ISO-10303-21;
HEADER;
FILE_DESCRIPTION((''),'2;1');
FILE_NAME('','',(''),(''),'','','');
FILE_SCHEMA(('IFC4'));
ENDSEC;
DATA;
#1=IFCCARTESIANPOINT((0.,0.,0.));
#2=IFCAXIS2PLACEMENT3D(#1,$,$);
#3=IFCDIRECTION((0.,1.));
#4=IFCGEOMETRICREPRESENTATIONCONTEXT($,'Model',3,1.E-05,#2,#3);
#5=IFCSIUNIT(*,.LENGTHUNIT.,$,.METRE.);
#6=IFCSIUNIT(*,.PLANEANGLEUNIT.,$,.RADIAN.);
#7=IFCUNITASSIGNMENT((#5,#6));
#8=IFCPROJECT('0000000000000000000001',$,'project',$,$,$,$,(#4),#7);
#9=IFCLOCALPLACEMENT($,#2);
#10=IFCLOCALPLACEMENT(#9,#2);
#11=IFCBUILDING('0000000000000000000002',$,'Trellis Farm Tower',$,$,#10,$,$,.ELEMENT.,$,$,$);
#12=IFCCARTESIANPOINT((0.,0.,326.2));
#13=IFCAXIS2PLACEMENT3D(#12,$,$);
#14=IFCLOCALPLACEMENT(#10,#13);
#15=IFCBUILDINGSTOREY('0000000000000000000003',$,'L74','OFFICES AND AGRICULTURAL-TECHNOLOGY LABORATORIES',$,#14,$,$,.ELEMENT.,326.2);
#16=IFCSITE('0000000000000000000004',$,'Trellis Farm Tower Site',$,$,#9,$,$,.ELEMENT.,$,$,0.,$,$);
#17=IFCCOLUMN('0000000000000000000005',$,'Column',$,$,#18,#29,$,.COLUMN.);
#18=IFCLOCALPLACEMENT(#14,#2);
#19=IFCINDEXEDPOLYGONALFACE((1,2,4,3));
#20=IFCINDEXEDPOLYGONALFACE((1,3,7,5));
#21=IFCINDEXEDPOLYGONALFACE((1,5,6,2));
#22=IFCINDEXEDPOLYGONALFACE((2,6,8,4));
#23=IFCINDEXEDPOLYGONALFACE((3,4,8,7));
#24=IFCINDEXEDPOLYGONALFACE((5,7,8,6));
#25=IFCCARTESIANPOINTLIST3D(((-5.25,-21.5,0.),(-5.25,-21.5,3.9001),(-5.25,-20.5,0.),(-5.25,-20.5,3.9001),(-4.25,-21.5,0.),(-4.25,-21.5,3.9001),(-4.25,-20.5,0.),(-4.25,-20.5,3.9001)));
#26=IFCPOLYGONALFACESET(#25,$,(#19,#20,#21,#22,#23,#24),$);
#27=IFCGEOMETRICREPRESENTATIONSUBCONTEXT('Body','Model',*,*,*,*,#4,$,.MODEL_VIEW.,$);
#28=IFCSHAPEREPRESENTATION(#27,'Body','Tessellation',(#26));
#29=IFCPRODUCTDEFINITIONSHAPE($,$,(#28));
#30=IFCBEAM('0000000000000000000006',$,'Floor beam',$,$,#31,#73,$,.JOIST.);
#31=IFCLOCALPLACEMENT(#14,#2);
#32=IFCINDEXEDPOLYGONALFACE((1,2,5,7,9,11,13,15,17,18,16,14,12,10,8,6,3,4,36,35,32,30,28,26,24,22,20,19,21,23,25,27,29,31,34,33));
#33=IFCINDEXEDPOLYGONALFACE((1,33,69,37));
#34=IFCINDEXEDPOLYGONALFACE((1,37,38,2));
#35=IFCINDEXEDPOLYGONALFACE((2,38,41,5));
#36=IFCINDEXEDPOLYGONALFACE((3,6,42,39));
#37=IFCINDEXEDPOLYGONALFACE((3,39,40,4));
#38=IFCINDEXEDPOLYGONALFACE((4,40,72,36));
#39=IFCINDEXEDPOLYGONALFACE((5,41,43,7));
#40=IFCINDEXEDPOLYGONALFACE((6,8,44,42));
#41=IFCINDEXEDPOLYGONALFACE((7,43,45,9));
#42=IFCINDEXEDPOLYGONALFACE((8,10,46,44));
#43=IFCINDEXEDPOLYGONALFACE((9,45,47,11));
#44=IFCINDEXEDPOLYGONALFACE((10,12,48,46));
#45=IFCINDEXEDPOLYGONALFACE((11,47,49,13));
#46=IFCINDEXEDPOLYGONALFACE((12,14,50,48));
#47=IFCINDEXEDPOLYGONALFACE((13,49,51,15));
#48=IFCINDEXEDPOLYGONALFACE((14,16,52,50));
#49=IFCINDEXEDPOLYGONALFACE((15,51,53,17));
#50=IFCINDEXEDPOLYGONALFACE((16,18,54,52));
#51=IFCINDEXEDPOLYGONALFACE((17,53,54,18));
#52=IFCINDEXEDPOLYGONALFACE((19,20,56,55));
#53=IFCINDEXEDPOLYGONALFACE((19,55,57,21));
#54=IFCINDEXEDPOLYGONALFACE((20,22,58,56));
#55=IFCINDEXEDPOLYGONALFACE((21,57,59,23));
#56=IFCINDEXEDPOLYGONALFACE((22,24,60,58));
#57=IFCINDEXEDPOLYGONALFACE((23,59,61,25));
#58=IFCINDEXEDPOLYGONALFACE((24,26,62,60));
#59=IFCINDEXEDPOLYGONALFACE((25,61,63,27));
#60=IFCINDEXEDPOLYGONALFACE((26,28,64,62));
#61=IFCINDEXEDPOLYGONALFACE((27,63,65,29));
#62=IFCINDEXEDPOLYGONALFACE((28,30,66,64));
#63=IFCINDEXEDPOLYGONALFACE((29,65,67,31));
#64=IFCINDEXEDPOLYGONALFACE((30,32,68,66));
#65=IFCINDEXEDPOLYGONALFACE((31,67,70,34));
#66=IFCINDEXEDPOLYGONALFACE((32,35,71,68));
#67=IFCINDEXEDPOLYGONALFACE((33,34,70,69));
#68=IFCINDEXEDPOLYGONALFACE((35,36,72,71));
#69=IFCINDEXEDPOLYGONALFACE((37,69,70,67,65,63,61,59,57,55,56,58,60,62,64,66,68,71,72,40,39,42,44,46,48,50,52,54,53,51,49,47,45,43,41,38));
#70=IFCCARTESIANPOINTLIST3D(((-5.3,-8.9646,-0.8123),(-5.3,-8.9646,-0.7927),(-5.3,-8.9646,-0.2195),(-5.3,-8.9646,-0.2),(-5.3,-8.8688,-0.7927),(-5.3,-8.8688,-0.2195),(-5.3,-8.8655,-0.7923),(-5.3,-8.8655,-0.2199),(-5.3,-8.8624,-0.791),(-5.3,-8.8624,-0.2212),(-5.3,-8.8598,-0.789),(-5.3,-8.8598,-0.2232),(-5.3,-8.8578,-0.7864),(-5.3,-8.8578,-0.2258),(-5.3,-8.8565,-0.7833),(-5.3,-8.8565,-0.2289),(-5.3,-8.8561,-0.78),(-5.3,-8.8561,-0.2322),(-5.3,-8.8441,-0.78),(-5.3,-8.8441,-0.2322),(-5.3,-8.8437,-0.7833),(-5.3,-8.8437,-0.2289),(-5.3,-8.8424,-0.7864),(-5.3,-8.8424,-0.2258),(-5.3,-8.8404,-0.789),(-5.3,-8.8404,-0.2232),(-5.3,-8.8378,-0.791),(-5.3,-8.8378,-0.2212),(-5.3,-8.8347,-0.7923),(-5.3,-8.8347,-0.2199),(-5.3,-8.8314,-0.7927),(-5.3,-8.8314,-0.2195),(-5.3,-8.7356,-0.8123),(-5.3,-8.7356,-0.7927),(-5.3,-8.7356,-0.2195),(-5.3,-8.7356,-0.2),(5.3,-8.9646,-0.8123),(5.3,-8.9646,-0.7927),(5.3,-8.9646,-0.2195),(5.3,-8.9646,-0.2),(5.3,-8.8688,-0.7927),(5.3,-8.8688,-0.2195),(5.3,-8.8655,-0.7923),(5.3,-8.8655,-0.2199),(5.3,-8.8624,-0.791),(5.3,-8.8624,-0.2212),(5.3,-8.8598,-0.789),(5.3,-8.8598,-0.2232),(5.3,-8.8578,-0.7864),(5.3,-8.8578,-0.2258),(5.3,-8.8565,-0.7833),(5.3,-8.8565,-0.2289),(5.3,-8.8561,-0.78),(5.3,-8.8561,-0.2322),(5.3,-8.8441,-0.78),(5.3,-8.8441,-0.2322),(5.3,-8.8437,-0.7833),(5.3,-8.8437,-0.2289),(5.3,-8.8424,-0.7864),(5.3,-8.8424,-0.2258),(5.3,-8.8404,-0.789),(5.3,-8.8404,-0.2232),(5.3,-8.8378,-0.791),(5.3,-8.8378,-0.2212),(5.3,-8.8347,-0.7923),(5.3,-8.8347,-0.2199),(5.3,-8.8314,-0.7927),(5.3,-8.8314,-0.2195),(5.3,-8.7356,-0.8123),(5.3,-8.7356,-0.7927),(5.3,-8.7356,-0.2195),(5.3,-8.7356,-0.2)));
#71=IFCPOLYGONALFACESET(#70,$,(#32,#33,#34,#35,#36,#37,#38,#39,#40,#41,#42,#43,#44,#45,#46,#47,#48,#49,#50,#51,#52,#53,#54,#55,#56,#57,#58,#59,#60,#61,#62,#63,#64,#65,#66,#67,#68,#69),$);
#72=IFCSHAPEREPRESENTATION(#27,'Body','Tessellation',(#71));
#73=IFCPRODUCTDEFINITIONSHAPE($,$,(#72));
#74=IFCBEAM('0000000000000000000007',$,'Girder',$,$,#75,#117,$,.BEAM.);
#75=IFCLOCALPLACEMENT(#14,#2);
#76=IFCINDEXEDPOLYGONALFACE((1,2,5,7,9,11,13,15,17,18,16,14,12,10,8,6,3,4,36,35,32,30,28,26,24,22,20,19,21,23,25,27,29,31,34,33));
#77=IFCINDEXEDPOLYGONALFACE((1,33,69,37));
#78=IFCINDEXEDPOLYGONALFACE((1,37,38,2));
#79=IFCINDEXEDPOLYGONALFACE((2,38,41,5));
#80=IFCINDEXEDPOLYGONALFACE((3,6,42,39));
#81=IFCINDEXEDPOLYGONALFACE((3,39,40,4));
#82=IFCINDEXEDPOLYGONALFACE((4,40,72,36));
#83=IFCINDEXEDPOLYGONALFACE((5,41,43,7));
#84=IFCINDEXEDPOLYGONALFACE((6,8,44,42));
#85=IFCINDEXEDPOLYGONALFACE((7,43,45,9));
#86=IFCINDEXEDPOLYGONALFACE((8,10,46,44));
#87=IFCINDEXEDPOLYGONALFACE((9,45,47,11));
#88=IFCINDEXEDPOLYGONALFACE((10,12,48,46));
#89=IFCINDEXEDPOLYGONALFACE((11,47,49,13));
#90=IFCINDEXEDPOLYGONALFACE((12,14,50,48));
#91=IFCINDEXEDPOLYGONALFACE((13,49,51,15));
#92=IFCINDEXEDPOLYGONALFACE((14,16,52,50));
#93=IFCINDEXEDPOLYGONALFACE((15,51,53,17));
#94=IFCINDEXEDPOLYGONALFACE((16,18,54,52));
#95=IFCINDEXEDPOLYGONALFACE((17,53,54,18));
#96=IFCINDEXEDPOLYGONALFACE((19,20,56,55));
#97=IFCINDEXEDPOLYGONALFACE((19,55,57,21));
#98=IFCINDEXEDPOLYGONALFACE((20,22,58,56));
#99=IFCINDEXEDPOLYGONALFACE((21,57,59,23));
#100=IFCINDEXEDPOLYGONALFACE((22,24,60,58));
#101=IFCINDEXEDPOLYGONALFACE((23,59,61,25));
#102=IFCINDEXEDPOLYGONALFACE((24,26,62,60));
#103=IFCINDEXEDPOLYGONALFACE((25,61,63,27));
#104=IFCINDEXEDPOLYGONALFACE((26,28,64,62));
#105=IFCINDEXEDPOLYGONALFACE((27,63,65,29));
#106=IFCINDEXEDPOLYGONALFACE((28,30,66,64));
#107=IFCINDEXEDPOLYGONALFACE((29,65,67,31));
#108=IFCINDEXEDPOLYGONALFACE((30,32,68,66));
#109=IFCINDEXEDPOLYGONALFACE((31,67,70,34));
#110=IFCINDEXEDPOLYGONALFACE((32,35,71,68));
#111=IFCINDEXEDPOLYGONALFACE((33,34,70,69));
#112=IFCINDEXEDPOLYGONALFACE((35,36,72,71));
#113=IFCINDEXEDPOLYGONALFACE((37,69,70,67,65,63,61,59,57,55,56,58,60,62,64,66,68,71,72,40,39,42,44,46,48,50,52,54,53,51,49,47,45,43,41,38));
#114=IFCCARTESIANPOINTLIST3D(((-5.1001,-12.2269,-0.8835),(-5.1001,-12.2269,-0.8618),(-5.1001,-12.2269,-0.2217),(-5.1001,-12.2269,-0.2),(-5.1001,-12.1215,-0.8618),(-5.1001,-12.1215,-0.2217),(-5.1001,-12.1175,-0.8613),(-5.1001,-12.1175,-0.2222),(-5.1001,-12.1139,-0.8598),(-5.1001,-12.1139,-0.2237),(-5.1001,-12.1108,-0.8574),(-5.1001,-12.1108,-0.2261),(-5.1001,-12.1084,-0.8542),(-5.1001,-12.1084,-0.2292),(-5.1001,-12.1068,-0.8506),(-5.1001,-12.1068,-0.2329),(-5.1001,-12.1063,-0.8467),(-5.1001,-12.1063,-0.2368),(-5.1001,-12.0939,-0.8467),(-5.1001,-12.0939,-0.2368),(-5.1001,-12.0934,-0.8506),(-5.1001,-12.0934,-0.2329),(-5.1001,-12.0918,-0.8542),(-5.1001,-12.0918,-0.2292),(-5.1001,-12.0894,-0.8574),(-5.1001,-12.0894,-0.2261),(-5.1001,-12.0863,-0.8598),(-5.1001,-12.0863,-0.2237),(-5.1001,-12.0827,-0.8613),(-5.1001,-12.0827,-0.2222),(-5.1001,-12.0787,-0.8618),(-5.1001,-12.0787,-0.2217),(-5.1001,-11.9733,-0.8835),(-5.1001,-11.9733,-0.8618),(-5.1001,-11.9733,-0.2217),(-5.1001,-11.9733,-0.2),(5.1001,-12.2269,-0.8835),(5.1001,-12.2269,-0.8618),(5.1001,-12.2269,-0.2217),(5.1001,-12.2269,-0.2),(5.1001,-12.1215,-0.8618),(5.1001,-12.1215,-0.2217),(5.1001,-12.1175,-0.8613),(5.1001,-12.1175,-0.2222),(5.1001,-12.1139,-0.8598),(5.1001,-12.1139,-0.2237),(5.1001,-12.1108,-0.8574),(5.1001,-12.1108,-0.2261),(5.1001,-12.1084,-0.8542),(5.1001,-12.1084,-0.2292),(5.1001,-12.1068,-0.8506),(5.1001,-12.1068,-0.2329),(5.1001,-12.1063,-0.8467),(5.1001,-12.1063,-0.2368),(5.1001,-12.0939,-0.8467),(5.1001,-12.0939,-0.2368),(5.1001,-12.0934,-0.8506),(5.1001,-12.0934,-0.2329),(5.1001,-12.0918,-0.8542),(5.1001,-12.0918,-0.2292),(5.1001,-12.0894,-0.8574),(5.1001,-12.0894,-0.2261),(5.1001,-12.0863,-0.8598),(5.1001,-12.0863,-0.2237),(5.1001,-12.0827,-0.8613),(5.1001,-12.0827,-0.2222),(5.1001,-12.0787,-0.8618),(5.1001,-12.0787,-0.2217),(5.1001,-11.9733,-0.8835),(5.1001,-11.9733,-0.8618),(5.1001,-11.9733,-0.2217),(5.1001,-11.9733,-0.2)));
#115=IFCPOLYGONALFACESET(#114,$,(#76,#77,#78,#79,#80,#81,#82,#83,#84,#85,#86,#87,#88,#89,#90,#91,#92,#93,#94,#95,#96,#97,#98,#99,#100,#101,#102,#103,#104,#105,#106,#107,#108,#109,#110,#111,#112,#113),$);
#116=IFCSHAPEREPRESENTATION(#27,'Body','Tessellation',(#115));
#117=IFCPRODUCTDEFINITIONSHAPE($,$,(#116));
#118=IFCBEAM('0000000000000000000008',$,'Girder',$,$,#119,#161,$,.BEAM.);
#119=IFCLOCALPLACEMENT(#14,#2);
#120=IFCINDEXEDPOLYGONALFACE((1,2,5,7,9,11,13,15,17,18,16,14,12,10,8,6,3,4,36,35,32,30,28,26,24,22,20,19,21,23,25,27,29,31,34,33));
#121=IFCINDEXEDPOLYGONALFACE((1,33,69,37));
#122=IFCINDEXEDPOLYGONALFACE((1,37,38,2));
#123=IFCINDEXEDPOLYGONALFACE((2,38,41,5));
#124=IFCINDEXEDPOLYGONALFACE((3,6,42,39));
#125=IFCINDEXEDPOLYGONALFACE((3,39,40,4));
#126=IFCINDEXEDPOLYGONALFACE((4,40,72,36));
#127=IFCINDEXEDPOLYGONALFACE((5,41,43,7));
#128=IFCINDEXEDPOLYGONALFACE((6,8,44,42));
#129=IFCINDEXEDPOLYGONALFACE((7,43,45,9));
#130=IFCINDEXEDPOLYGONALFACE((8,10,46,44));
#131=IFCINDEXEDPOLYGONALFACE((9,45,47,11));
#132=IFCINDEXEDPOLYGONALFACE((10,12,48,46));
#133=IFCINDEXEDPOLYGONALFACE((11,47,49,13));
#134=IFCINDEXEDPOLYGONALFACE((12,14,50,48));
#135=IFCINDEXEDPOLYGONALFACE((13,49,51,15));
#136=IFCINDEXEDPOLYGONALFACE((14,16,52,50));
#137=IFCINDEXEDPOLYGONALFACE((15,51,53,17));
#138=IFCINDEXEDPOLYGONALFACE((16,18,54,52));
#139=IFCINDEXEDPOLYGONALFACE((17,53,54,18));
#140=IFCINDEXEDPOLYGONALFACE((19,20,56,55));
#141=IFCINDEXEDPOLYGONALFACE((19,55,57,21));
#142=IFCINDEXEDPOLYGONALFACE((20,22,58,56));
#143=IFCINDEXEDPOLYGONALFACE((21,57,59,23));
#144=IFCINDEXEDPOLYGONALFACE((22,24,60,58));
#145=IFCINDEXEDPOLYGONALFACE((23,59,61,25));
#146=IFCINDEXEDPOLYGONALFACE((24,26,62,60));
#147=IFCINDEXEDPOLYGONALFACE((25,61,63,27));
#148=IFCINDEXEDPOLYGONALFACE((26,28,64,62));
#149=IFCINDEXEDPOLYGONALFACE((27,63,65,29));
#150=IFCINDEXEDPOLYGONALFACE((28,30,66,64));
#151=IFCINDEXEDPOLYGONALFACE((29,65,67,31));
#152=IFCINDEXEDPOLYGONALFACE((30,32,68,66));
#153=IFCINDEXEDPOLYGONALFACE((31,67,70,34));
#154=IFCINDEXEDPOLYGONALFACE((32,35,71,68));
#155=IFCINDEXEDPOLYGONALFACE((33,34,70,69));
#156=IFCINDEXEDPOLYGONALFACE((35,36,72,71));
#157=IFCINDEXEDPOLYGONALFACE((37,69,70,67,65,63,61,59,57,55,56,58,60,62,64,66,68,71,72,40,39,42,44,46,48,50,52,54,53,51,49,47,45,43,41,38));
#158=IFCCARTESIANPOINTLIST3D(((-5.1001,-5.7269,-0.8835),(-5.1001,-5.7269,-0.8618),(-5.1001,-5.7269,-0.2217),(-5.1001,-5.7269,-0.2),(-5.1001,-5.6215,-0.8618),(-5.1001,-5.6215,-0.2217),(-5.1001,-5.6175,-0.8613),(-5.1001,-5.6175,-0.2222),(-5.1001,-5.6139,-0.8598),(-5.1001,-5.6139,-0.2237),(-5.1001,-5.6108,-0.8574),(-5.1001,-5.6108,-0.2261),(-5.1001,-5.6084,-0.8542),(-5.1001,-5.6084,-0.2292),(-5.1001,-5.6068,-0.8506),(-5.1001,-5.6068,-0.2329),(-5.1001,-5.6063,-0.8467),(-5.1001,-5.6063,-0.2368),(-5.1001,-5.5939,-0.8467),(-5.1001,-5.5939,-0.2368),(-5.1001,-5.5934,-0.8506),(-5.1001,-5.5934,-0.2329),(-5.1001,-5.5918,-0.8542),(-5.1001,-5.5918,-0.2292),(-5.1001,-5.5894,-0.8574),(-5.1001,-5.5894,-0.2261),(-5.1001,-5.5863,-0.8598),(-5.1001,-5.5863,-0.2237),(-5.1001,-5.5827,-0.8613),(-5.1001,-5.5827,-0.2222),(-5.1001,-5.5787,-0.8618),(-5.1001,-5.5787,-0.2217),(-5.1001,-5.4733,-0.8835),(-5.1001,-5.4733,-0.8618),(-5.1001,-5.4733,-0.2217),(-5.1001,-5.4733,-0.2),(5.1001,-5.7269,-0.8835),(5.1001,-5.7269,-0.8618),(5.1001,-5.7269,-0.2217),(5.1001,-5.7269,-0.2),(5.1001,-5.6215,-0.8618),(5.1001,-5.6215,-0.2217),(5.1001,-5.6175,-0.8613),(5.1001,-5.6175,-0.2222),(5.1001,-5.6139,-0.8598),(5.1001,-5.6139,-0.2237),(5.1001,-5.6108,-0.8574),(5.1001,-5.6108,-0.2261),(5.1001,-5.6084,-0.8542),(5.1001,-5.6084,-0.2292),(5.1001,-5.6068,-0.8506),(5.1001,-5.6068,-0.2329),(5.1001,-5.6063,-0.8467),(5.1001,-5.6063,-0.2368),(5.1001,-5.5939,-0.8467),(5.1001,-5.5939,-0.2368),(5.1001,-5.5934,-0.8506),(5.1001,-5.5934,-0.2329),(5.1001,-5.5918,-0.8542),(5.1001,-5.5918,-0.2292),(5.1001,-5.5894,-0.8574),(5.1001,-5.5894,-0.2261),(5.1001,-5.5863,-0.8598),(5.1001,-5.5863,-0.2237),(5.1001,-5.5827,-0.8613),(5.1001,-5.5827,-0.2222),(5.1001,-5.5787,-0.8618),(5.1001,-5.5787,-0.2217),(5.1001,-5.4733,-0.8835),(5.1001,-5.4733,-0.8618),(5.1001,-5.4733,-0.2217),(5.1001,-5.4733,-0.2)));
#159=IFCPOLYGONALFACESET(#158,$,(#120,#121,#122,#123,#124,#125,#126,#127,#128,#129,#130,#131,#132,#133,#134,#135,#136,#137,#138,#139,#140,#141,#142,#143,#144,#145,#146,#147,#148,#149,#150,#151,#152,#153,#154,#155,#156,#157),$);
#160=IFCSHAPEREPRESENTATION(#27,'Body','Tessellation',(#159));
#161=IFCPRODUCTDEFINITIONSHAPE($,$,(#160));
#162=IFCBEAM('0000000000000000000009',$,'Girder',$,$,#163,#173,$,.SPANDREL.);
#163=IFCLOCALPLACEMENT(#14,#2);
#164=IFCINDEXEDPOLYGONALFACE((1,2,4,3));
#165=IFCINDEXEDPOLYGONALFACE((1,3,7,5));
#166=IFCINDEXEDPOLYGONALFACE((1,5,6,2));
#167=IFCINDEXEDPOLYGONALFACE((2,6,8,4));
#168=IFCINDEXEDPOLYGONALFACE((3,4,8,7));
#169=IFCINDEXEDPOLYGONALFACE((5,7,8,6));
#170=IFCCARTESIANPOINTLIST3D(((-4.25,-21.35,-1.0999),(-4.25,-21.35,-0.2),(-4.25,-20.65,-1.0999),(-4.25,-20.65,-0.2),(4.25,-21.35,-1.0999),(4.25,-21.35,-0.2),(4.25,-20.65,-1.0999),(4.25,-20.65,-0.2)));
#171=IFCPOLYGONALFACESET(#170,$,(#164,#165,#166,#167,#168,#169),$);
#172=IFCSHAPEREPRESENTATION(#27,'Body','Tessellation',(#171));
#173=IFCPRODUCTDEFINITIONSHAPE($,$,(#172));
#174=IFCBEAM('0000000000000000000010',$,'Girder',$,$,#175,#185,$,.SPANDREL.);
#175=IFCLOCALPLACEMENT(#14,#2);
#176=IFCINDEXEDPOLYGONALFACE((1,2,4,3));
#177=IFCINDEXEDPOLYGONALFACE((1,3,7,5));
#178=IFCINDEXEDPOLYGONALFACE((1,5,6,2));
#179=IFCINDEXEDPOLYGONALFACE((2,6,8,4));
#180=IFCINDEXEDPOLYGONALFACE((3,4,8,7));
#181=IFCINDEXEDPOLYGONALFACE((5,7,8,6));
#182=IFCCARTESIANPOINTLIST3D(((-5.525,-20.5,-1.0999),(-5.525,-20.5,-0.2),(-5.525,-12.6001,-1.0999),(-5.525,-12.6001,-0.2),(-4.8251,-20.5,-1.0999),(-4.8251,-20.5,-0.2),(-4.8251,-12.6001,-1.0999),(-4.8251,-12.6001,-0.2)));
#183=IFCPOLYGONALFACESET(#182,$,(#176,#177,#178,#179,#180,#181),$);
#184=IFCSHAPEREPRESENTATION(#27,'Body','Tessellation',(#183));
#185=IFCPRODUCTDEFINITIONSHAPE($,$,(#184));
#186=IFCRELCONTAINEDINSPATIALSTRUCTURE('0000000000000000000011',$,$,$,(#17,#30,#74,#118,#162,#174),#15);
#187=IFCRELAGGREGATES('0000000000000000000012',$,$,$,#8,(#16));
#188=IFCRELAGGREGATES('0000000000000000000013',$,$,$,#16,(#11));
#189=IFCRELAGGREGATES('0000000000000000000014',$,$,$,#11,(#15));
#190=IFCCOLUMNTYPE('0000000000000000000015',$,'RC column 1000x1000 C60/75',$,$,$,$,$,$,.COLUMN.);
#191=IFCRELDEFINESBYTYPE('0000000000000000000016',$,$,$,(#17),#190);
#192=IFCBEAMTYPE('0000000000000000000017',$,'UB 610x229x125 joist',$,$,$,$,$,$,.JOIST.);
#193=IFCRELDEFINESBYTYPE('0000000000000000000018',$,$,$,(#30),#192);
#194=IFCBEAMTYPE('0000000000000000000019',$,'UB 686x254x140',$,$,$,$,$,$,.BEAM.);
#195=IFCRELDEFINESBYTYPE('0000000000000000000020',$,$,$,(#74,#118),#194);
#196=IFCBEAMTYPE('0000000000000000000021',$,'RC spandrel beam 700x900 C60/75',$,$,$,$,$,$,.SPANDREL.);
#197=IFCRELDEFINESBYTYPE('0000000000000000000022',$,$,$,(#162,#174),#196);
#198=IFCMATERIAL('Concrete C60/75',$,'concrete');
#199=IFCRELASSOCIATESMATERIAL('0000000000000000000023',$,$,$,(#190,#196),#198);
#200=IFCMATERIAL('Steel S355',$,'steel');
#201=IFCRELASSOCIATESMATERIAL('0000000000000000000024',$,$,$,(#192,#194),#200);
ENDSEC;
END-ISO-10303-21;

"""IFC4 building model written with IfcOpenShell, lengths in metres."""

from ifc_helpers import new_model, si_unit, direction, frame, origin, origin_2d, place, context, subcontext, project, spatial, rectangle, i_section, extrude, source, transform, mapped, material, material_profile, profile_set, type_object, element, save


model = new_model("IFC4")

# Units and contexts
model_context = context("Model", 3, precision=1e-05, world=origin(), true_north=direction((0.0, 1.0)))
body_context = subcontext(model_context, "Body", "Model", "MODEL_VIEW")
ifc_project = project(units=[si_unit("LENGTHUNIT", "METRE"), si_unit("PLANEANGLEUNIT", "RADIAN")], contexts=[model_context])

# Site, building, storey
site_placement = place(None, origin())
site = spatial("IfcSite", under=ifc_project, at=site_placement, Name="Trellis Farm Tower Site", CompositionType="ELEMENT", RefElevation=0.0)
building_placement = place(site_placement, origin())
building = spatial("IfcBuilding", under=site, at=building_placement, Name="Trellis Farm Tower", CompositionType="ELEMENT")
storey_placement = place(building_placement, frame((0.0, 0.0, 326.2)))
storey = spatial("IfcBuildingStorey", under=building, at=storey_placement, Name="L74", Description="OFFICES AND AGRICULTURAL-TECHNOLOGY LABORATORIES", CompositionType="ELEMENT", Elevation=326.2)

# Column
ifc_material_1 = material(Name="Concrete C60/75", Category="concrete")
ifc_material_profile_1 = material_profile(ifc_material_1, rectangle(XDim=1.0, YDim=1.0, at=origin_2d()), Name="RC column 1000x1000 C60/75")
ifc_profile_set_1 = profile_set([ifc_material_profile_1], Name="Concrete C60/75")
column_type = type_object("IfcColumnType", Name="RC column 1000x1000 C60/75", PredefinedType="COLUMN", material=ifc_profile_set_1)
shared_shape_1 = source(origin(), body_context, "Body", "SweptSolid", [
    extrude(rectangle(XDim=1.0, YDim=1.0, at=origin_2d()), origin(), (0.0, 0.0, 1.0), 3.9001),
])
column_placement = place(storey_placement, frame((-4.75, -21.0, 0.0), z_axis=(0.0, 0.0, 1.0), x_axis=(1.0, 0.0, 0.0)))
element("IfcColumn", 1, at=column_placement, inside=storey, type_object=column_type, Name="Column", PredefinedType="COLUMN", context=body_context, shape_type="MappedRepresentation", body=[
    mapped(shared_shape_1, transform((0.0, 0.0, 0.0))),
])

# Beams
ifc_material_2 = material(Name="Steel S355", Category="steel")
ifc_material_profile_2 = material_profile(ifc_material_2, i_section(OverallWidth=0.229, OverallDepth=0.6123, WebThickness=0.012, FlangeThickness=0.0195, FilletRadius=0.0127, at=origin_2d()), Name="UB 610x229x125")
ifc_profile_set_2 = profile_set([ifc_material_profile_2], Name="Steel S355")
beam_type_1 = type_object("IfcBeamType", Name="UB 610x229x125 joist", PredefinedType="JOIST", material=ifc_profile_set_2)
shared_shape_2 = source(origin(), body_context, "Body", "SweptSolid", [
    extrude(i_section(OverallWidth=0.229, OverallDepth=0.6123, WebThickness=0.012, FlangeThickness=0.0195, FilletRadius=0.0127, at=origin_2d()), origin(), (0.0, 0.0, 1.0), 10.6001),
])
beam_1_placement = place(storey_placement, frame((-5.3, -8.8501, -0.5061), z_axis=(1.0, 0.0, 0.0), x_axis=(0.0, 1.0, 0.0)))
element("IfcBeam", 2, at=beam_1_placement, inside=storey, type_object=beam_type_1, Name="Floor beam", PredefinedType="JOIST", context=body_context, shape_type="MappedRepresentation", body=[
    mapped(shared_shape_2, transform((0.0, 0.0, 0.0))),
])
ifc_material_profile_3 = material_profile(ifc_material_2, i_section(OverallWidth=0.2537, OverallDepth=0.6836, WebThickness=0.0125, FlangeThickness=0.0217, FilletRadius=0.0151, at=origin_2d()), Name="UB 686x254x140")
ifc_profile_set_3 = profile_set([ifc_material_profile_3], Name="Steel S355")
beam_type_2 = type_object("IfcBeamType", Name="UB 686x254x140", PredefinedType="BEAM", material=ifc_profile_set_3)
shared_shape_3 = source(origin(), body_context, "Body", "SweptSolid", [
    extrude(i_section(OverallWidth=0.2537, OverallDepth=0.6836, WebThickness=0.0125, FlangeThickness=0.0217, FilletRadius=0.0151, at=origin_2d()), origin(), (0.0, 0.0, 1.0), 10.2002),
])
for number, where, z_axis, x_axis, name in (
    (3, (-5.1001, -12.1001, -0.5417), (1.0, 0.0, 0.0), (0.0, 1.0, 0.0), "Girder"),
    (4, (-5.1001, -5.6001, -0.5417), (1.0, 0.0, 0.0), (0.0, 1.0, 0.0), "Girder"),
):
    element("IfcBeam", number, at=place(storey_placement, frame(where, z_axis=z_axis, x_axis=x_axis)), inside=storey, type_object=beam_type_2, Name=name, PredefinedType="BEAM", context=body_context, shape_type="MappedRepresentation", body=[
        mapped(shared_shape_3, transform((0.0, 0.0, 0.0))),
    ])
ifc_material_profile_4 = material_profile(ifc_material_1, rectangle(XDim=0.7, YDim=0.8999, at=origin_2d()), Name="RC spandrel beam 700x900 C60/75")
ifc_profile_set_4 = profile_set([ifc_material_profile_4], Name="Concrete C60/75")
beam_type_3 = type_object("IfcBeamType", Name="RC spandrel beam 700x900 C60/75", PredefinedType="SPANDREL", material=ifc_profile_set_4)
shared_shape_4 = source(origin(), body_context, "Body", "SweptSolid", [
    extrude(rectangle(XDim=0.7, YDim=0.8999, at=origin_2d()), origin(), (0.0, 0.0, 1.0), 8.5),
])
beam_2_placement = place(storey_placement, frame((-4.25, -21.0, -0.6499), z_axis=(1.0, 0.0, 0.0), x_axis=(0.0, 1.0, 0.0)))
element("IfcBeam", 5, at=beam_2_placement, inside=storey, type_object=beam_type_3, Name="Girder", PredefinedType="SPANDREL", context=body_context, shape_type="MappedRepresentation", body=[
    mapped(shared_shape_4, transform((0.0, 0.0, 0.0))),
])
shared_shape_5 = source(origin(), body_context, "Body", "SweptSolid", [
    extrude(rectangle(XDim=0.7, YDim=0.8999, at=origin_2d()), origin(), (0.0, 0.0, 1.0), 7.8999),
])
beam_3_placement = place(storey_placement, frame((-5.175, -20.5, -0.6499), z_axis=(0.0, 1.0, 0.0), x_axis=(-1.0, 0.0, 0.0)))
element("IfcBeam", 6, at=beam_3_placement, inside=storey, type_object=beam_type_3, Name="Girder", PredefinedType="SPANDREL", context=body_context, shape_type="MappedRepresentation", body=[
    mapped(shared_shape_5, transform((0.0, 0.0, 0.0))),
])

save(model, "model.ifc")
